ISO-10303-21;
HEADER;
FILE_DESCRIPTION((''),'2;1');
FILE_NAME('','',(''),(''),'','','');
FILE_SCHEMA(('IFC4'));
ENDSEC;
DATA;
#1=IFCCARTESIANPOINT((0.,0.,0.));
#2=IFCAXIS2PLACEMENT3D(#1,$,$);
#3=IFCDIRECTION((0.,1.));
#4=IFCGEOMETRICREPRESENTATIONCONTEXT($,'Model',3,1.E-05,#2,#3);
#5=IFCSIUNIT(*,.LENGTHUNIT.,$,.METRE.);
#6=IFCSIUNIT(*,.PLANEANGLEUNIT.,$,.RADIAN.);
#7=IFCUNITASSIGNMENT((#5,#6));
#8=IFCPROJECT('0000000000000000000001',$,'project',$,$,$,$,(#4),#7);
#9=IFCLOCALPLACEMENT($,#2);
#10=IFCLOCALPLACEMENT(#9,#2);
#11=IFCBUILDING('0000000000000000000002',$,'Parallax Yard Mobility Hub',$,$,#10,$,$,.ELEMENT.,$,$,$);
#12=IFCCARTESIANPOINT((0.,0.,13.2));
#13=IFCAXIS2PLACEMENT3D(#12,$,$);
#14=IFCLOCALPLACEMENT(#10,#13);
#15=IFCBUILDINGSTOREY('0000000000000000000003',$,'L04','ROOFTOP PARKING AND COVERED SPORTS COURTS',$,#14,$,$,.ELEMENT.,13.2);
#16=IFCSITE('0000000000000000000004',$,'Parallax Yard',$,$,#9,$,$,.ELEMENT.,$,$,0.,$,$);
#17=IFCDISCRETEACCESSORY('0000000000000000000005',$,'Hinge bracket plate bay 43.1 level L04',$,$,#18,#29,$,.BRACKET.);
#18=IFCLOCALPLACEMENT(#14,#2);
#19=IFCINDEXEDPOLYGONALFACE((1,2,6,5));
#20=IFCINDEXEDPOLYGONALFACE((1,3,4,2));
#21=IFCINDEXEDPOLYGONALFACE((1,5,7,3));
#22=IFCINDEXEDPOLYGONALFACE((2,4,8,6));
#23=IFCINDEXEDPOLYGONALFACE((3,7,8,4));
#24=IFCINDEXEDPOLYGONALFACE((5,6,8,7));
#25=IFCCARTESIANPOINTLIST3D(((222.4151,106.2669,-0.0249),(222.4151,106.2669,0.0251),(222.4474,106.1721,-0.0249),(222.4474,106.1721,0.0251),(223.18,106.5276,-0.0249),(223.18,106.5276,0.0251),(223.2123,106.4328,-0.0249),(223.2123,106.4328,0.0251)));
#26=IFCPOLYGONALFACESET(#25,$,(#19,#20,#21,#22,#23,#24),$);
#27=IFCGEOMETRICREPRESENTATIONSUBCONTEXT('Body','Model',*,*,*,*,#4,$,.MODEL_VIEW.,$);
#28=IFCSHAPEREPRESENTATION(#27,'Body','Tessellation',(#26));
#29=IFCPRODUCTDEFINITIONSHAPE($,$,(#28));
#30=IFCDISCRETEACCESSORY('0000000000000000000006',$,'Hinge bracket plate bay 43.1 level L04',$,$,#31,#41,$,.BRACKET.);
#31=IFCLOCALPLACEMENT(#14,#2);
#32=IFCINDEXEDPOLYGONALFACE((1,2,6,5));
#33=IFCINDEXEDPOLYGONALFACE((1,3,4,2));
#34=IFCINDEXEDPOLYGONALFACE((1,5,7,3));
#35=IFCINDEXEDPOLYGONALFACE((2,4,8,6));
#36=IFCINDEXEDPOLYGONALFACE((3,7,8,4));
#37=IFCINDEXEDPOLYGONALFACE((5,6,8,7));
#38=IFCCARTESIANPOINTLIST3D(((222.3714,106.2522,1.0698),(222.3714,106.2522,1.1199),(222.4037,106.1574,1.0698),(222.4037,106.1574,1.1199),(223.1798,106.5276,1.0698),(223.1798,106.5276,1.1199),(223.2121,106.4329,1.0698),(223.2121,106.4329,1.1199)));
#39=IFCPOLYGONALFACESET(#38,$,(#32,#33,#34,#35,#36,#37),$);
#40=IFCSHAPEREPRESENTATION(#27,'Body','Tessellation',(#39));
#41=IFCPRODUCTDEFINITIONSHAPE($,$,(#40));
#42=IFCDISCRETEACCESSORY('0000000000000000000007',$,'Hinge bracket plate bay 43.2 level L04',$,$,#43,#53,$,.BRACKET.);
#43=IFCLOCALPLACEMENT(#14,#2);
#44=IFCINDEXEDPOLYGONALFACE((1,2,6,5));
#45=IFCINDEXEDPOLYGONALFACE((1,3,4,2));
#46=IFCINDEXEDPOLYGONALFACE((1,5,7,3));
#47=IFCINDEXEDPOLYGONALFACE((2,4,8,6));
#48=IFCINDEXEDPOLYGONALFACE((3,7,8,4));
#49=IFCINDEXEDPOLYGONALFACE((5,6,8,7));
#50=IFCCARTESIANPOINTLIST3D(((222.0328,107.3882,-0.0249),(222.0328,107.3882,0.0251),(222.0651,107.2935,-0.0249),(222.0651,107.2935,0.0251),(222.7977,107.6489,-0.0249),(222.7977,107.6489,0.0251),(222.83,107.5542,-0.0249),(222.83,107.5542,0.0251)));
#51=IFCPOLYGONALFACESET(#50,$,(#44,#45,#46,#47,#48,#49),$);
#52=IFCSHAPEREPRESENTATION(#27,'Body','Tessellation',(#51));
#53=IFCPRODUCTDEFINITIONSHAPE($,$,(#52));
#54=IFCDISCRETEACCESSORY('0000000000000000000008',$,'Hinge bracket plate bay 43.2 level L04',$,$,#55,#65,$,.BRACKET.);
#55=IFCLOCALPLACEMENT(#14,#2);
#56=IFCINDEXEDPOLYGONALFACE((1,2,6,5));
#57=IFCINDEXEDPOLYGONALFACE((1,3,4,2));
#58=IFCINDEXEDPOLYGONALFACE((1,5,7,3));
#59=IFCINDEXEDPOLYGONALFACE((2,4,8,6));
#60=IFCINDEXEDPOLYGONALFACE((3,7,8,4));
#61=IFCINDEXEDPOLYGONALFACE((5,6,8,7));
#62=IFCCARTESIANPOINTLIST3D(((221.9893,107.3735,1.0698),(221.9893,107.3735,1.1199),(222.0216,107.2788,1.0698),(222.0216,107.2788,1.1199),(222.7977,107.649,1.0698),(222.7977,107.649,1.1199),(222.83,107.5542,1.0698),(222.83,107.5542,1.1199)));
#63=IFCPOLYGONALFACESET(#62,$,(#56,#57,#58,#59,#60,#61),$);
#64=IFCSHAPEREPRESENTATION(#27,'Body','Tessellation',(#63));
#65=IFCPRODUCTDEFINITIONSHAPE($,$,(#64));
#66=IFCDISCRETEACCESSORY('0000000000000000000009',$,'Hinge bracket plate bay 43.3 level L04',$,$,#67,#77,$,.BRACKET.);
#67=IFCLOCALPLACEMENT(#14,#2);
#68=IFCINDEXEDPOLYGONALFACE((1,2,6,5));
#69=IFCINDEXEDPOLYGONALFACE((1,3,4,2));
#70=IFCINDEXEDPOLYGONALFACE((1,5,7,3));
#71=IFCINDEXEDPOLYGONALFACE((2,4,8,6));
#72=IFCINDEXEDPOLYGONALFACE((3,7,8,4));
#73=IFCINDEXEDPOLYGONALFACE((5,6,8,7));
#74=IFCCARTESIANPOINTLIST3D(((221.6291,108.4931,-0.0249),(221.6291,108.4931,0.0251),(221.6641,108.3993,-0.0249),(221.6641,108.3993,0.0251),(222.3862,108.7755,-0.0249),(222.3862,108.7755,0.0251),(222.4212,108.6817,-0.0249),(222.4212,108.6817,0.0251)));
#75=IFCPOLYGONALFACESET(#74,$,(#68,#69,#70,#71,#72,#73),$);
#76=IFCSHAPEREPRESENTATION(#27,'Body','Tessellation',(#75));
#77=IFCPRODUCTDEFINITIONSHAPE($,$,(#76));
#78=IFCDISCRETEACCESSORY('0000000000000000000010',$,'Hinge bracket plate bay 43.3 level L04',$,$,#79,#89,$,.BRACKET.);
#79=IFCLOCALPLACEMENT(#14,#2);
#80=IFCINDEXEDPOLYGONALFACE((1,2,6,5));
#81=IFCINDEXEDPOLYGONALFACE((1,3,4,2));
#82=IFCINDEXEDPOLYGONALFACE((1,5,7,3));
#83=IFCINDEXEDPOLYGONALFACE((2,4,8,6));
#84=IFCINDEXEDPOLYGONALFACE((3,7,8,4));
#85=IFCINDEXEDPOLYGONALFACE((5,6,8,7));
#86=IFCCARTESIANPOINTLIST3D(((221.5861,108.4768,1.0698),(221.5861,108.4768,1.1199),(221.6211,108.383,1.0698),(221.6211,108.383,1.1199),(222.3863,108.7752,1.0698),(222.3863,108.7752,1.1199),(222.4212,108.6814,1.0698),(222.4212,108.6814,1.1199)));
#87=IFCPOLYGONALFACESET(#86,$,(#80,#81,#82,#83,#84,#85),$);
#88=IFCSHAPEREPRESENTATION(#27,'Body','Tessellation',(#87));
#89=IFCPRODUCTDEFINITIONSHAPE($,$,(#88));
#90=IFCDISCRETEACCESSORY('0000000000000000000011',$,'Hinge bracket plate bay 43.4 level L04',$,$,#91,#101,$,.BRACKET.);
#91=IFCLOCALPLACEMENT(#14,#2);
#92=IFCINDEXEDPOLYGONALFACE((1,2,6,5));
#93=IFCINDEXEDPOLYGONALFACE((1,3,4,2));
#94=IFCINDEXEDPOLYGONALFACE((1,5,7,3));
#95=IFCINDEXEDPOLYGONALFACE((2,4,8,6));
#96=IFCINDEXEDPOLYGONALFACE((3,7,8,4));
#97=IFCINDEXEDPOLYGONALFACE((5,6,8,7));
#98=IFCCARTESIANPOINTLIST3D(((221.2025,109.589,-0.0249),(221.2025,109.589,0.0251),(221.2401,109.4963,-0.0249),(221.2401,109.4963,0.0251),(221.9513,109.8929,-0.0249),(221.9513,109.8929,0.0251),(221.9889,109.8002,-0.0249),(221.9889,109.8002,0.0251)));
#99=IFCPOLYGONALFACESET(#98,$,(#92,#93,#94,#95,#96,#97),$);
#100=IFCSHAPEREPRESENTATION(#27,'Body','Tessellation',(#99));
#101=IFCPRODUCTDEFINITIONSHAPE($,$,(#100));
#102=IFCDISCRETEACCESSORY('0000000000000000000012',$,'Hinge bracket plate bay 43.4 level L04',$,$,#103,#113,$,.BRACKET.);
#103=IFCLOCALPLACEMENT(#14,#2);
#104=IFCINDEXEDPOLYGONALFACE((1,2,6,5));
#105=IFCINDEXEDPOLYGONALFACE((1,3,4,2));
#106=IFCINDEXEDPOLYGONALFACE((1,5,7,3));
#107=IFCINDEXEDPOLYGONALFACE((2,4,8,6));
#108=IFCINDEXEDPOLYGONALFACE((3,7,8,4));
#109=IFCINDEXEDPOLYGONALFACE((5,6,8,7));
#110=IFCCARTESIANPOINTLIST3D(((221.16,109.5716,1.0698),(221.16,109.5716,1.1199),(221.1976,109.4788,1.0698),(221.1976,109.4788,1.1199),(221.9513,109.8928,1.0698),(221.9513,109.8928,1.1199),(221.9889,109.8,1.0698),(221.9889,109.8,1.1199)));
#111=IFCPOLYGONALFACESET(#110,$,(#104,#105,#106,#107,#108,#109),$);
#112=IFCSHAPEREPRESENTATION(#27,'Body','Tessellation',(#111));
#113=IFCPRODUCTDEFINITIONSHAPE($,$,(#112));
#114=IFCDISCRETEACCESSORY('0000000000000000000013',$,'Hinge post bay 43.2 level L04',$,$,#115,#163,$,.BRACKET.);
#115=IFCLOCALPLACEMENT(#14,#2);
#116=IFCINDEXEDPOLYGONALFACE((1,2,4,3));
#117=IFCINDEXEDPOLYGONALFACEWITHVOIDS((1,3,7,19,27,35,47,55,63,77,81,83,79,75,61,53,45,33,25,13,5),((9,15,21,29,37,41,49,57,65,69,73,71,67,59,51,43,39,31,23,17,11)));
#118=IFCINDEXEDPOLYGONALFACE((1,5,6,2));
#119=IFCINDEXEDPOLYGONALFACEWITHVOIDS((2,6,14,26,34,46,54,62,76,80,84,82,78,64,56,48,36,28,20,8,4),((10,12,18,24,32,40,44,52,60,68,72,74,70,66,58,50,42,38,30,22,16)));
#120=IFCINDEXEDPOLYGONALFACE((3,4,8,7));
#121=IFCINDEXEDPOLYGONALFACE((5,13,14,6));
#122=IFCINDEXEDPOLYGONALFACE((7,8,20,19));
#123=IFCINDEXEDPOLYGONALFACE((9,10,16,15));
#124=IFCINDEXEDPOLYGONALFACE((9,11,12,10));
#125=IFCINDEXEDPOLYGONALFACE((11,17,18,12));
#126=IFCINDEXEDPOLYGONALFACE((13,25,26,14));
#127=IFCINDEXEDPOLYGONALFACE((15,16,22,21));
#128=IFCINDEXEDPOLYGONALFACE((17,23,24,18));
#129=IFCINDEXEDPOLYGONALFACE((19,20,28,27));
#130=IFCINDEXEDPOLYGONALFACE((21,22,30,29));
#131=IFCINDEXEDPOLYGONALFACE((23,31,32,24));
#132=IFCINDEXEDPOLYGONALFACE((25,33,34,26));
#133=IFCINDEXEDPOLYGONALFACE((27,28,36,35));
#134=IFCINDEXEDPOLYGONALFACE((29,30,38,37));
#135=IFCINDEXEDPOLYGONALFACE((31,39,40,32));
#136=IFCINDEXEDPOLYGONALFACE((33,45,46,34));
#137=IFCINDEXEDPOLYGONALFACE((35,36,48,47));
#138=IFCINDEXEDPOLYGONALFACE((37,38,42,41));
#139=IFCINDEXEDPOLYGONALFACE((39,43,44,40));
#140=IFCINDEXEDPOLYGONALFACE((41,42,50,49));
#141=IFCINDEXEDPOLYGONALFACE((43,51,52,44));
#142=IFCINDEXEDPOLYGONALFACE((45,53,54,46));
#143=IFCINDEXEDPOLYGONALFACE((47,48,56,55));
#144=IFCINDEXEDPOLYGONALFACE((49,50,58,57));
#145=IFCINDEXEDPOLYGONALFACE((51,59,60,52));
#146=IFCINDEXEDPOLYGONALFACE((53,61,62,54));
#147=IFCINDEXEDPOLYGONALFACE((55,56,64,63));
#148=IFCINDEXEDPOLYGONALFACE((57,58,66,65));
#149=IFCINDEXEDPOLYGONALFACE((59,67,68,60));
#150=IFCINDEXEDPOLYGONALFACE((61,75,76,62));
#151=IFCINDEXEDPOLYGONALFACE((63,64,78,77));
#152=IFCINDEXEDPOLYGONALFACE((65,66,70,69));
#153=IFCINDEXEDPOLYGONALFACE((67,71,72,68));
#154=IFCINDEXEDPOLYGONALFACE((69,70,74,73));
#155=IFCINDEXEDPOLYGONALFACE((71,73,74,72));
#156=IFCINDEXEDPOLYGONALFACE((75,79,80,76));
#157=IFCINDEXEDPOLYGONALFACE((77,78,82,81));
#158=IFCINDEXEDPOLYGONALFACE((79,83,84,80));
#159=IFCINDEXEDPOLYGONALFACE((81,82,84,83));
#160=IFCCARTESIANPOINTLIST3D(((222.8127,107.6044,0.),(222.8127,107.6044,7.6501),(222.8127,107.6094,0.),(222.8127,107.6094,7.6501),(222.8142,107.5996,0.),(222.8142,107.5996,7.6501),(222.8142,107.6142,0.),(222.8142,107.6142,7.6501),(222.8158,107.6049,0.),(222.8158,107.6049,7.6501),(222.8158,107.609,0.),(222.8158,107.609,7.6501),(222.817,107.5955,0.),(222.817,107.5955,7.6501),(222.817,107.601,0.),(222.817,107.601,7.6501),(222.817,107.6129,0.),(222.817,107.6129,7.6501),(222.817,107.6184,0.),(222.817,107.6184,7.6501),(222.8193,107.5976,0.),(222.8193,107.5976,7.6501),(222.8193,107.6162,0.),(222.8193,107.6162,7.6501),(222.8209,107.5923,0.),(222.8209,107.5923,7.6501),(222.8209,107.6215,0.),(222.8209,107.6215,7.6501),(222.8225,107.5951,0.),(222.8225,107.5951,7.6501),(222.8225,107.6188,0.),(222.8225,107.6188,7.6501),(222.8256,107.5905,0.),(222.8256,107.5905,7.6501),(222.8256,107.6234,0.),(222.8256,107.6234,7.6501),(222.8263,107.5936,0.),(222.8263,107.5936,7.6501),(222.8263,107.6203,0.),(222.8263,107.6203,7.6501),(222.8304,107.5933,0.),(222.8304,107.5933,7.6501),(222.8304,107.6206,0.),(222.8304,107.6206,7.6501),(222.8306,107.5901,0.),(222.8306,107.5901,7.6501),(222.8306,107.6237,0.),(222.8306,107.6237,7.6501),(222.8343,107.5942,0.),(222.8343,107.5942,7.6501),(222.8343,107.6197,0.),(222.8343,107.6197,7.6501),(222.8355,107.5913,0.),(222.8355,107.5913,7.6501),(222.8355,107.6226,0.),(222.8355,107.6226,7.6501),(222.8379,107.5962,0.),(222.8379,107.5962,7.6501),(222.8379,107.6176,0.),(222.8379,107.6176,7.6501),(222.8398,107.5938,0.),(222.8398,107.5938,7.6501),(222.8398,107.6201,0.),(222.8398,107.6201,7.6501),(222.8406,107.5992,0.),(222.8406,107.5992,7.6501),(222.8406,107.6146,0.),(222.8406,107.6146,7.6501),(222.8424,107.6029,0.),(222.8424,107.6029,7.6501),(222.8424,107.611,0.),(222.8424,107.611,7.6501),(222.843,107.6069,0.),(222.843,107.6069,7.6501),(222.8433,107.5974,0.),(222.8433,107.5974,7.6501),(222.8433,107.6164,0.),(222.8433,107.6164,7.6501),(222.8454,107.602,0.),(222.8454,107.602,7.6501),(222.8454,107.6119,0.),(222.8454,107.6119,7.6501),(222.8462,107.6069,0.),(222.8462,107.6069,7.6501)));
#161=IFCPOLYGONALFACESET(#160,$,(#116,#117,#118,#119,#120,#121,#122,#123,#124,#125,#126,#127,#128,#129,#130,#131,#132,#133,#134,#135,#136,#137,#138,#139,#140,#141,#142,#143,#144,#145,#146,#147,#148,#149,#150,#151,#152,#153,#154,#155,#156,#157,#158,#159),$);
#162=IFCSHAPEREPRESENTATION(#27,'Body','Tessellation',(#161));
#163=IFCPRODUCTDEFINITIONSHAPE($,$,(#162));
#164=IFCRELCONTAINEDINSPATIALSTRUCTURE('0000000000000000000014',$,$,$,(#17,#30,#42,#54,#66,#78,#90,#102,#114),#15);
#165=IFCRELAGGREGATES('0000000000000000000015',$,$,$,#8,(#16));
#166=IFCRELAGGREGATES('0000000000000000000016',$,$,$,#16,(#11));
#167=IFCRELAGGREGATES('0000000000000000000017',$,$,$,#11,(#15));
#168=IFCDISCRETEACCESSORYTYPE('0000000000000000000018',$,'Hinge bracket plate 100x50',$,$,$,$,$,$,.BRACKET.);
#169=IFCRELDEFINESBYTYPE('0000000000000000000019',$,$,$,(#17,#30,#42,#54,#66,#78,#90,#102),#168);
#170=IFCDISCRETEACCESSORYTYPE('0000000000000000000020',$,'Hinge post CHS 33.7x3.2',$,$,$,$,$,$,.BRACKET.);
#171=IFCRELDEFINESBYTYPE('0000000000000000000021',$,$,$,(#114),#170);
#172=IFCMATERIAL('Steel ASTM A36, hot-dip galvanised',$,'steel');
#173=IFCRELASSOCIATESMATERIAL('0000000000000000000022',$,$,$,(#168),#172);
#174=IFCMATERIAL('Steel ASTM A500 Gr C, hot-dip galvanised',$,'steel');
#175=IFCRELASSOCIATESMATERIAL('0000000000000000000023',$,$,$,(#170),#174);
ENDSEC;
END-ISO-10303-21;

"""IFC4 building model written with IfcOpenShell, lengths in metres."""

from ifc_helpers import new_model, si_unit, direction, frame, origin, origin_2d, place, context, subcontext, project, spatial, rectangle, hollow_circle, extrude, material, material_profile, profile_set, type_object, element, save


model = new_model("IFC4")

# Units and contexts
model_context = context("Model", 3, precision=1e-05, world=origin(), true_north=direction((0.0, 1.0)))
body_context = subcontext(model_context, "Body", "Model", "MODEL_VIEW")
ifc_project = project(units=[si_unit("LENGTHUNIT", "METRE"), si_unit("PLANEANGLEUNIT", "RADIAN")], contexts=[model_context])

# Site, building, storey
site_placement = place(None, origin())
site = spatial("IfcSite", under=ifc_project, at=site_placement, Name="Parallax Yard", CompositionType="ELEMENT", RefElevation=0.0)
building_placement = place(site_placement, origin())
building = spatial("IfcBuilding", under=site, at=building_placement, Name="Parallax Yard Mobility Hub", CompositionType="ELEMENT")
storey_placement = place(building_placement, frame((0.0, 0.0, 13.2)))
storey = spatial("IfcBuildingStorey", under=building, at=storey_placement, Name="L04", Description="ROOFTOP PARKING AND COVERED SPORTS COURTS", CompositionType="ELEMENT", Elevation=13.2)

# Discrete accessories
ifc_material_1 = material(Name="Steel ASTM A36, hot-dip galvanised", Category="steel")
discrete_accessory_type_1 = type_object("IfcDiscreteAccessoryType", Name="Hinge bracket plate 100x50", PredefinedType="BRACKET", material=ifc_material_1)
discrete_accessory_1_placement = place(storey_placement, frame((222.8137, 106.3499, -0.0249), z_axis=(0.0, 0.0, 1.0), x_axis=(0.946547, 0.322566, 0.0)))
element("IfcDiscreteAccessory", 1, at=discrete_accessory_1_placement, inside=storey, type_object=discrete_accessory_type_1, Name="Hinge bracket plate bay 43.1 level L04", PredefinedType="BRACKET", context=body_context, shape_type="SweptSolid", body=[
    extrude(rectangle(XDim=0.8081, YDim=0.1001, at=origin_2d()), origin(), (0.0, 0.0, 1.0), 0.05),
])
discrete_accessory_2_placement = place(storey_placement, frame((222.7917, 106.3425, 1.0698), z_axis=(0.0, 0.0, 1.0), x_axis=(0.946547, 0.322566, 0.0)))
element("IfcDiscreteAccessory", 2, at=discrete_accessory_2_placement, inside=storey, type_object=discrete_accessory_type_1, Name="Hinge bracket plate bay 43.1 level L04", PredefinedType="BRACKET", context=body_context, shape_type="SweptSolid", body=[
    extrude(rectangle(XDim=0.854, YDim=0.1001, at=origin_2d()), origin(), (0.0, 0.0, 1.0), 0.05),
])
discrete_accessory_3_placement = place(storey_placement, frame((222.4314, 107.4712, -0.0249), z_axis=(0.0, 0.0, 1.0), x_axis=(0.946547, 0.322566, 0.0)))
element("IfcDiscreteAccessory", 3, at=discrete_accessory_3_placement, inside=storey, type_object=discrete_accessory_type_1, Name="Hinge bracket plate bay 43.2 level L04", PredefinedType="BRACKET", context=body_context, shape_type="SweptSolid", body=[
    extrude(rectangle(XDim=0.8081, YDim=0.1001, at=origin_2d()), origin(), (0.0, 0.0, 1.0), 0.05),
])
discrete_accessory_4_placement = place(storey_placement, frame((222.4097, 107.4639, 1.0698), z_axis=(0.0, 0.0, 1.0), x_axis=(0.946547, 0.322566, 0.0)))
element("IfcDiscreteAccessory", 4, at=discrete_accessory_4_placement, inside=storey, type_object=discrete_accessory_type_1, Name="Hinge bracket plate bay 43.2 level L04", PredefinedType="BRACKET", context=body_context, shape_type="SweptSolid", body=[
    extrude(rectangle(XDim=0.854, YDim=0.1001, at=origin_2d()), origin(), (0.0, 0.0, 1.0), 0.05),
])
discrete_accessory_5_placement = place(storey_placement, frame((222.0251, 108.5874, -0.0249), z_axis=(0.0, 0.0, 1.0), x_axis=(0.93695, 0.349463, 0.0)))
element("IfcDiscreteAccessory", 5, at=discrete_accessory_5_placement, inside=storey, type_object=discrete_accessory_type_1, Name="Hinge bracket plate bay 43.3 level L04", PredefinedType="BRACKET", context=body_context, shape_type="SweptSolid", body=[
    extrude(rectangle(XDim=0.8081, YDim=0.1001, at=origin_2d()), origin(), (0.0, 0.0, 1.0), 0.05),
])
discrete_accessory_6_placement = place(storey_placement, frame((222.0037, 108.5791, 1.0698), z_axis=(0.0, 0.0, 1.0), x_axis=(0.93695, 0.349463, 0.0)))
element("IfcDiscreteAccessory", 6, at=discrete_accessory_6_placement, inside=storey, type_object=discrete_accessory_type_1, Name="Hinge bracket plate bay 43.3 level L04", PredefinedType="BRACKET", context=body_context, shape_type="SweptSolid", body=[
    extrude(rectangle(XDim=0.854, YDim=0.1001, at=origin_2d()), origin(), (0.0, 0.0, 1.0), 0.05),
])
discrete_accessory_7_placement = place(storey_placement, frame((221.5957, 109.6946, -0.0249), z_axis=(0.0, 0.0, 1.0), x_axis=(0.926588, 0.376077, 0.0)))
element("IfcDiscreteAccessory", 7, at=discrete_accessory_7_placement, inside=storey, type_object=discrete_accessory_type_1, Name="Hinge bracket plate bay 43.4 level L04", PredefinedType="BRACKET", context=body_context, shape_type="SweptSolid", body=[
    extrude(rectangle(XDim=0.8081, YDim=0.1001, at=origin_2d()), origin(), (0.0, 0.0, 1.0), 0.05),
])
discrete_accessory_8_placement = place(storey_placement, frame((221.5745, 109.6858, 1.0698), z_axis=(0.0, 0.0, 1.0), x_axis=(0.926588, 0.376077, 0.0)))
element("IfcDiscreteAccessory", 8, at=discrete_accessory_8_placement, inside=storey, type_object=discrete_accessory_type_1, Name="Hinge bracket plate bay 43.4 level L04", PredefinedType="BRACKET", context=body_context, shape_type="SweptSolid", body=[
    extrude(rectangle(XDim=0.854, YDim=0.1001, at=origin_2d()), origin(), (0.0, 0.0, 1.0), 0.05),
])
ifc_material_2 = material(Name="Steel ASTM A500 Gr C, hot-dip galvanised", Category="steel")
ifc_material_profile_1 = material_profile(ifc_material_2, hollow_circle(Radius=0.0168, WallThickness=0.0032, at=origin_2d()), Name="CHS 33.7x3.2")
ifc_profile_set_1 = profile_set([ifc_material_profile_1], Name="Steel ASTM A500 Gr C, hot-dip galvanised")
discrete_accessory_type_2 = type_object("IfcDiscreteAccessoryType", Name="Hinge post CHS 33.7x3.2", PredefinedType="BRACKET", material=ifc_profile_set_1)
for number, where, z_axis, x_axis, name in (
    (9, (222.8293, 107.6069, 0.0), (0.0, 0.0, 1.0), (1.0, 0.0, 0.0), "Hinge post bay 43.2 level L04"),
):
    element("IfcDiscreteAccessory", number, at=place(storey_placement, frame(where, z_axis=z_axis, x_axis=x_axis)), inside=storey, type_object=discrete_accessory_type_2, Name=name, PredefinedType="BRACKET", context=body_context, shape_type="SweptSolid", body=[
        extrude(hollow_circle(Radius=0.0168, WallThickness=0.0032, at=origin_2d()), origin(), (0.0, 0.0, 1.0), 7.6501),
    ])

save(model, "model.ifc")
